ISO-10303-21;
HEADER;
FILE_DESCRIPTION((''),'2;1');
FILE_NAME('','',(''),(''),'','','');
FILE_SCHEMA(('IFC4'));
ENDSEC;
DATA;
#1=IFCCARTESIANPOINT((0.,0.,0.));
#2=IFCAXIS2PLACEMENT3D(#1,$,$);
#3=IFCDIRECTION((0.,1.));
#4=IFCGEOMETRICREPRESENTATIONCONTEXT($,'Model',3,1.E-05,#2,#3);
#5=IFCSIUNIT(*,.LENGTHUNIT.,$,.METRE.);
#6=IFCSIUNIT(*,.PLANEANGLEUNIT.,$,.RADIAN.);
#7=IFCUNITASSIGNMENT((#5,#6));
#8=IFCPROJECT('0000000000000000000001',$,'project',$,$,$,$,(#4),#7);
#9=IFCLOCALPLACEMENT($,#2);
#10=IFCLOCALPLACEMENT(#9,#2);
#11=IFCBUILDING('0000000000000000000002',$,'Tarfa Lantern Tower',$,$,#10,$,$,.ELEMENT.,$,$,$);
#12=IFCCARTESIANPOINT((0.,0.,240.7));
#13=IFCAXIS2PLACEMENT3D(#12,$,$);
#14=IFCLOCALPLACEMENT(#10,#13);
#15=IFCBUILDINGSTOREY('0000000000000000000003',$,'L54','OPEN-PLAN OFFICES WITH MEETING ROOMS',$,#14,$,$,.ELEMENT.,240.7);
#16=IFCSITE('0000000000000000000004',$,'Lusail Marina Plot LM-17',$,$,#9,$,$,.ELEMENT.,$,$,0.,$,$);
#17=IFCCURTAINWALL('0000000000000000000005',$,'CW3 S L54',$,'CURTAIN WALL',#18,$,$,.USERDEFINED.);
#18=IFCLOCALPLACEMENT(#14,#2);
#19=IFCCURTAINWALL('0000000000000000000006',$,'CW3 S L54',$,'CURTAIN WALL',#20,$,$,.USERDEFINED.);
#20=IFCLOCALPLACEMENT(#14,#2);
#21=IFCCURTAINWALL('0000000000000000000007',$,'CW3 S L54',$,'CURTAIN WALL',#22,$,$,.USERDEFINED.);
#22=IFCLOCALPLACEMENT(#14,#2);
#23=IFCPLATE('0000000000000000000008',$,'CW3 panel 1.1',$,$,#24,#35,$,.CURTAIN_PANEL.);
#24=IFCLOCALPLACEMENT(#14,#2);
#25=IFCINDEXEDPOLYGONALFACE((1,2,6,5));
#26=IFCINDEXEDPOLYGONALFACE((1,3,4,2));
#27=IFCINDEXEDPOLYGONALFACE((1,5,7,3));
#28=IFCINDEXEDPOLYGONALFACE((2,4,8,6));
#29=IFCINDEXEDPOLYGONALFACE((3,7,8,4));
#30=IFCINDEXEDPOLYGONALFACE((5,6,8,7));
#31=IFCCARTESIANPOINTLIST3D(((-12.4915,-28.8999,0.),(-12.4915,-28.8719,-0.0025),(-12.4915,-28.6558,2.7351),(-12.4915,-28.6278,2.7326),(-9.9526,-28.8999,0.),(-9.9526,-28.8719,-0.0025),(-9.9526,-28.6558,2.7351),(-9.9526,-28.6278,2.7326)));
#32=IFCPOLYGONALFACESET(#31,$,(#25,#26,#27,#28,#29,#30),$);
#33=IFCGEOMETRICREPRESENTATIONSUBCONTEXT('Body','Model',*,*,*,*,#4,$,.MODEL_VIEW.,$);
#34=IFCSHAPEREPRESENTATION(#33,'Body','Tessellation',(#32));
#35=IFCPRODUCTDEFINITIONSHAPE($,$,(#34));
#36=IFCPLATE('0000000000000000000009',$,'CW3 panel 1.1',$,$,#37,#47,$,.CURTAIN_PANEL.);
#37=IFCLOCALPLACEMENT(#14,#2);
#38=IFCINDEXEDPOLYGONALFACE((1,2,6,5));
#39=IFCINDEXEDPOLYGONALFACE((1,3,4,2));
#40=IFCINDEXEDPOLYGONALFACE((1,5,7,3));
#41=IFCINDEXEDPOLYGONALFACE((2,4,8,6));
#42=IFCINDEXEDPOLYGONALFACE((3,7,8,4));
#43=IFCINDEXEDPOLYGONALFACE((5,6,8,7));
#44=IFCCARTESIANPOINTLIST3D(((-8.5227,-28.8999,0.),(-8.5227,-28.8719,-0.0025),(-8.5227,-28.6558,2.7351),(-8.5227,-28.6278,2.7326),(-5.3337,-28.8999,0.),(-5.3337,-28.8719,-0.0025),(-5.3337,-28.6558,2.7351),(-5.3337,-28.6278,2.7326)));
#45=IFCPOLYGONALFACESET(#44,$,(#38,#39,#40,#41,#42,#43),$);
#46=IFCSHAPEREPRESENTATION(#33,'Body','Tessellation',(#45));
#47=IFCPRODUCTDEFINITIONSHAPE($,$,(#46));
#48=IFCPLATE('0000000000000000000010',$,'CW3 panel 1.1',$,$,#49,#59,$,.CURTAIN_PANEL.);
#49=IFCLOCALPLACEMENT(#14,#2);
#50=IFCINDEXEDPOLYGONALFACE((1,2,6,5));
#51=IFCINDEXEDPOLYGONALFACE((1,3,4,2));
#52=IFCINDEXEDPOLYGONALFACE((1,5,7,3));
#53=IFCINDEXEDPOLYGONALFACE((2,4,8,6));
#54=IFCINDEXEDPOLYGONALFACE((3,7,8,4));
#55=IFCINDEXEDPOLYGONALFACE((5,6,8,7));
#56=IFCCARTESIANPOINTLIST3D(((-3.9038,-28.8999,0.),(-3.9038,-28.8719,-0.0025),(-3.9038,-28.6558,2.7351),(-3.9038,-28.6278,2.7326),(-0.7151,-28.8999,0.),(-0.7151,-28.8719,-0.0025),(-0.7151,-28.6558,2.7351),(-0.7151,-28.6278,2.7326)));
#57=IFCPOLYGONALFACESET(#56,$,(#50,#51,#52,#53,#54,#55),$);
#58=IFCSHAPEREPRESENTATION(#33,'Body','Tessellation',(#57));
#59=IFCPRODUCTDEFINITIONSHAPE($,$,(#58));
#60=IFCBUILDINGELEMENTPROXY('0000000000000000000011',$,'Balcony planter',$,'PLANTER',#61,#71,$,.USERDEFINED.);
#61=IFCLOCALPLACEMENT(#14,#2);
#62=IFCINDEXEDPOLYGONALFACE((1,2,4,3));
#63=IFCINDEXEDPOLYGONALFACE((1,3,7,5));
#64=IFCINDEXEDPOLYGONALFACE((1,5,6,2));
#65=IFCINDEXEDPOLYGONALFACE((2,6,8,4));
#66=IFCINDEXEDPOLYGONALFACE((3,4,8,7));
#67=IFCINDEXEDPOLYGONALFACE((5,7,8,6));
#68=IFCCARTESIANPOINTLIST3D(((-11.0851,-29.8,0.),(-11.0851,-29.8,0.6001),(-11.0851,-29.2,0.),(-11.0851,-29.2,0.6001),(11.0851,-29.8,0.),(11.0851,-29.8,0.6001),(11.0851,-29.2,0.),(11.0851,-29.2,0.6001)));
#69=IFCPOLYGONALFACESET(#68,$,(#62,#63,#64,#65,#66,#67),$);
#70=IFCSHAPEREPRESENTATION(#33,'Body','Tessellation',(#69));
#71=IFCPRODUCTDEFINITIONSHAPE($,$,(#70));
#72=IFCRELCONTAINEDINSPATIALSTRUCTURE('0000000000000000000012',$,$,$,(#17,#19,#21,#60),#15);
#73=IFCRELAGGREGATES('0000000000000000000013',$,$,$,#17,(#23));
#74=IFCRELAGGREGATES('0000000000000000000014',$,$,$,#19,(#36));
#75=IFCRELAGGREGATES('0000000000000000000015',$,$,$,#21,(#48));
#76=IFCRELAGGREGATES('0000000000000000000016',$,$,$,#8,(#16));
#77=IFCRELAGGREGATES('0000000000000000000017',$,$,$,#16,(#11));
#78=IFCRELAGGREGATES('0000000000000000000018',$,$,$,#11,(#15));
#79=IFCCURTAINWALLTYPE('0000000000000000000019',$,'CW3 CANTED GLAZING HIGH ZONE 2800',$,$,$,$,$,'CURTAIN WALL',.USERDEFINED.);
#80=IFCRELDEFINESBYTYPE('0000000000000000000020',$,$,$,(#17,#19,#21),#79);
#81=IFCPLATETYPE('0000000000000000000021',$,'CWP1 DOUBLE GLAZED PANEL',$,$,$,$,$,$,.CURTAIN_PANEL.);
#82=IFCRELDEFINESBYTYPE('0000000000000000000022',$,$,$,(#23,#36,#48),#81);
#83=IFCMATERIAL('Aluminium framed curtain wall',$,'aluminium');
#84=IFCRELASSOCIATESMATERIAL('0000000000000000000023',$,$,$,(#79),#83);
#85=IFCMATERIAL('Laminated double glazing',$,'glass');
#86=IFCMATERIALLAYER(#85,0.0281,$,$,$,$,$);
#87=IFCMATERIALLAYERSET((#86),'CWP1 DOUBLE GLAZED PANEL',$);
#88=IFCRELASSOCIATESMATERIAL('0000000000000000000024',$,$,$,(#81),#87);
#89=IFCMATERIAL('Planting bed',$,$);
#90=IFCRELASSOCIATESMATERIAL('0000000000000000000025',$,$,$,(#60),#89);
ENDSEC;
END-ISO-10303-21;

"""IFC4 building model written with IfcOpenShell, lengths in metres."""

from ifc_helpers import new_model, si_unit, direction, frame, origin, origin_2d, place, context, subcontext, project, spatial, polyline, rectangle, outline, extrude, material, layer, layer_set, type_object, element, aggregate, save


model = new_model("IFC4")

# Units and contexts
model_context = context("Model", 3, precision=1e-05, world=origin(), true_north=direction((0.0, 1.0)))
body_context = subcontext(model_context, "Body", "Model", "MODEL_VIEW")
ifc_project = project(units=[si_unit("LENGTHUNIT", "METRE"), si_unit("PLANEANGLEUNIT", "RADIAN")], contexts=[model_context])

# Site, building, storey
site_placement = place(None, origin())
site = spatial("IfcSite", under=ifc_project, at=site_placement, Name="Lusail Marina Plot LM-17", CompositionType="ELEMENT", RefElevation=0.0)
building_placement = place(site_placement, origin())
building = spatial("IfcBuilding", under=site, at=building_placement, Name="Tarfa Lantern Tower", CompositionType="ELEMENT")
storey_placement = place(building_placement, frame((0.0, 0.0, 240.7)))
storey = spatial("IfcBuildingStorey", under=building, at=storey_placement, Name="L54", Description="OPEN-PLAN OFFICES WITH MEETING ROOMS", CompositionType="ELEMENT", Elevation=240.7)

# Curtain walls
ifc_material_1 = material(Name="Aluminium framed curtain wall", Category="aluminium")
curtain_wall_type = type_object("IfcCurtainWallType", Name="CW3 CANTED GLAZING HIGH ZONE 2800", ElementType="CURTAIN WALL", PredefinedType="USERDEFINED", material=ifc_material_1)
curtain_wall_1_placement = place(storey_placement, origin())
curtain_wall_1 = element("IfcCurtainWall", 1, at=curtain_wall_1_placement, inside=storey, type_object=curtain_wall_type, Name="CW3 S L54", ObjectType="CURTAIN WALL", PredefinedType="USERDEFINED")
curtain_wall_2_placement = place(storey_placement, origin())
curtain_wall_2 = element("IfcCurtainWall", 2, at=curtain_wall_2_placement, inside=storey, type_object=curtain_wall_type, Name="CW3 S L54", ObjectType="CURTAIN WALL", PredefinedType="USERDEFINED")
curtain_wall_3_placement = place(storey_placement, origin())
curtain_wall_3 = element("IfcCurtainWall", 3, at=curtain_wall_3_placement, inside=storey, type_object=curtain_wall_type, Name="CW3 S L54", ObjectType="CURTAIN WALL", PredefinedType="USERDEFINED")

# Plates
ifc_material_2 = material(Name="Laminated double glazing", Category="glass")
ifc_layer = layer(ifc_material_2, 0.0281)
ifc_layer_set = layer_set([ifc_layer], Name="CWP1 DOUBLE GLAZED PANEL")
plate_type = type_object("IfcPlateType", Name="CWP1 DOUBLE GLAZED PANEL", PredefinedType="CURTAIN_PANEL", material=ifc_layer_set)
plate_1_placement = place(storey_placement, frame((-12.4915, -28.8999, 0.0), z_axis=(0.0, -0.99604, 0.088908), x_axis=(1.0, 0.0, 0.0)))
plate_1 = element("IfcPlate", 4, at=plate_1_placement, type_object=plate_type, Name="CW3 panel 1.1", PredefinedType="CURTAIN_PANEL", context=body_context, shape_type="SweptSolid", body=[
    extrude(outline(polyline([(0.0, 0.0), (2.5388, 0.0), (2.5388, 2.746), (0.0, 2.746), (0.0, 0.0)])), origin(), (0.0, 0.0, -1.0), 0.0281),
])
aggregate(curtain_wall_1, [plate_1])
plate_2_placement = place(storey_placement, frame((-8.5227, -28.8999, 0.0), z_axis=(0.0, -0.99604, 0.088908), x_axis=(1.0, 0.0, 0.0)))
plate_2 = element("IfcPlate", 5, at=plate_2_placement, type_object=plate_type, Name="CW3 panel 1.1", PredefinedType="CURTAIN_PANEL", context=body_context, shape_type="SweptSolid", body=[
    extrude(outline(polyline([(0.0, 0.0), (3.189, 0.0), (3.189, 2.746), (0.0, 2.746), (0.0, 0.0)])), origin(), (0.0, 0.0, -1.0), 0.0281),
])
aggregate(curtain_wall_2, [plate_2])
plate_3_placement = place(storey_placement, frame((-3.9038, -28.8999, 0.0), z_axis=(0.0, -0.99604, 0.088908), x_axis=(1.0, 0.0, 0.0)))
plate_3 = element("IfcPlate", 6, at=plate_3_placement, type_object=plate_type, Name="CW3 panel 1.1", PredefinedType="CURTAIN_PANEL", context=body_context, shape_type="SweptSolid", body=[
    extrude(outline(polyline([(0.0, 0.0), (3.1887, 0.0), (3.1887, 2.746), (0.0, 2.746), (0.0, 0.0)])), origin(), (0.0, 0.0, -1.0), 0.0281),
])
aggregate(curtain_wall_3, [plate_3])

# Building element proxy
ifc_material_3 = material(Name="Planting bed")
proxy_placement = place(storey_placement, frame((0.0, -29.5, 0.0), z_axis=(0.0, 0.0, 1.0), x_axis=(1.0, 0.0, 0.0)))
element("IfcBuildingElementProxy", 7, at=proxy_placement, inside=storey, material=ifc_material_3, Name="Balcony planter", ObjectType="PLANTER", PredefinedType="USERDEFINED", context=body_context, shape_type="SweptSolid", body=[
    extrude(rectangle(XDim=22.1702, YDim=0.6001, at=origin_2d()), origin(), (0.0, 0.0, 1.0), 0.6001),
])

save(model, "model.ifc")
